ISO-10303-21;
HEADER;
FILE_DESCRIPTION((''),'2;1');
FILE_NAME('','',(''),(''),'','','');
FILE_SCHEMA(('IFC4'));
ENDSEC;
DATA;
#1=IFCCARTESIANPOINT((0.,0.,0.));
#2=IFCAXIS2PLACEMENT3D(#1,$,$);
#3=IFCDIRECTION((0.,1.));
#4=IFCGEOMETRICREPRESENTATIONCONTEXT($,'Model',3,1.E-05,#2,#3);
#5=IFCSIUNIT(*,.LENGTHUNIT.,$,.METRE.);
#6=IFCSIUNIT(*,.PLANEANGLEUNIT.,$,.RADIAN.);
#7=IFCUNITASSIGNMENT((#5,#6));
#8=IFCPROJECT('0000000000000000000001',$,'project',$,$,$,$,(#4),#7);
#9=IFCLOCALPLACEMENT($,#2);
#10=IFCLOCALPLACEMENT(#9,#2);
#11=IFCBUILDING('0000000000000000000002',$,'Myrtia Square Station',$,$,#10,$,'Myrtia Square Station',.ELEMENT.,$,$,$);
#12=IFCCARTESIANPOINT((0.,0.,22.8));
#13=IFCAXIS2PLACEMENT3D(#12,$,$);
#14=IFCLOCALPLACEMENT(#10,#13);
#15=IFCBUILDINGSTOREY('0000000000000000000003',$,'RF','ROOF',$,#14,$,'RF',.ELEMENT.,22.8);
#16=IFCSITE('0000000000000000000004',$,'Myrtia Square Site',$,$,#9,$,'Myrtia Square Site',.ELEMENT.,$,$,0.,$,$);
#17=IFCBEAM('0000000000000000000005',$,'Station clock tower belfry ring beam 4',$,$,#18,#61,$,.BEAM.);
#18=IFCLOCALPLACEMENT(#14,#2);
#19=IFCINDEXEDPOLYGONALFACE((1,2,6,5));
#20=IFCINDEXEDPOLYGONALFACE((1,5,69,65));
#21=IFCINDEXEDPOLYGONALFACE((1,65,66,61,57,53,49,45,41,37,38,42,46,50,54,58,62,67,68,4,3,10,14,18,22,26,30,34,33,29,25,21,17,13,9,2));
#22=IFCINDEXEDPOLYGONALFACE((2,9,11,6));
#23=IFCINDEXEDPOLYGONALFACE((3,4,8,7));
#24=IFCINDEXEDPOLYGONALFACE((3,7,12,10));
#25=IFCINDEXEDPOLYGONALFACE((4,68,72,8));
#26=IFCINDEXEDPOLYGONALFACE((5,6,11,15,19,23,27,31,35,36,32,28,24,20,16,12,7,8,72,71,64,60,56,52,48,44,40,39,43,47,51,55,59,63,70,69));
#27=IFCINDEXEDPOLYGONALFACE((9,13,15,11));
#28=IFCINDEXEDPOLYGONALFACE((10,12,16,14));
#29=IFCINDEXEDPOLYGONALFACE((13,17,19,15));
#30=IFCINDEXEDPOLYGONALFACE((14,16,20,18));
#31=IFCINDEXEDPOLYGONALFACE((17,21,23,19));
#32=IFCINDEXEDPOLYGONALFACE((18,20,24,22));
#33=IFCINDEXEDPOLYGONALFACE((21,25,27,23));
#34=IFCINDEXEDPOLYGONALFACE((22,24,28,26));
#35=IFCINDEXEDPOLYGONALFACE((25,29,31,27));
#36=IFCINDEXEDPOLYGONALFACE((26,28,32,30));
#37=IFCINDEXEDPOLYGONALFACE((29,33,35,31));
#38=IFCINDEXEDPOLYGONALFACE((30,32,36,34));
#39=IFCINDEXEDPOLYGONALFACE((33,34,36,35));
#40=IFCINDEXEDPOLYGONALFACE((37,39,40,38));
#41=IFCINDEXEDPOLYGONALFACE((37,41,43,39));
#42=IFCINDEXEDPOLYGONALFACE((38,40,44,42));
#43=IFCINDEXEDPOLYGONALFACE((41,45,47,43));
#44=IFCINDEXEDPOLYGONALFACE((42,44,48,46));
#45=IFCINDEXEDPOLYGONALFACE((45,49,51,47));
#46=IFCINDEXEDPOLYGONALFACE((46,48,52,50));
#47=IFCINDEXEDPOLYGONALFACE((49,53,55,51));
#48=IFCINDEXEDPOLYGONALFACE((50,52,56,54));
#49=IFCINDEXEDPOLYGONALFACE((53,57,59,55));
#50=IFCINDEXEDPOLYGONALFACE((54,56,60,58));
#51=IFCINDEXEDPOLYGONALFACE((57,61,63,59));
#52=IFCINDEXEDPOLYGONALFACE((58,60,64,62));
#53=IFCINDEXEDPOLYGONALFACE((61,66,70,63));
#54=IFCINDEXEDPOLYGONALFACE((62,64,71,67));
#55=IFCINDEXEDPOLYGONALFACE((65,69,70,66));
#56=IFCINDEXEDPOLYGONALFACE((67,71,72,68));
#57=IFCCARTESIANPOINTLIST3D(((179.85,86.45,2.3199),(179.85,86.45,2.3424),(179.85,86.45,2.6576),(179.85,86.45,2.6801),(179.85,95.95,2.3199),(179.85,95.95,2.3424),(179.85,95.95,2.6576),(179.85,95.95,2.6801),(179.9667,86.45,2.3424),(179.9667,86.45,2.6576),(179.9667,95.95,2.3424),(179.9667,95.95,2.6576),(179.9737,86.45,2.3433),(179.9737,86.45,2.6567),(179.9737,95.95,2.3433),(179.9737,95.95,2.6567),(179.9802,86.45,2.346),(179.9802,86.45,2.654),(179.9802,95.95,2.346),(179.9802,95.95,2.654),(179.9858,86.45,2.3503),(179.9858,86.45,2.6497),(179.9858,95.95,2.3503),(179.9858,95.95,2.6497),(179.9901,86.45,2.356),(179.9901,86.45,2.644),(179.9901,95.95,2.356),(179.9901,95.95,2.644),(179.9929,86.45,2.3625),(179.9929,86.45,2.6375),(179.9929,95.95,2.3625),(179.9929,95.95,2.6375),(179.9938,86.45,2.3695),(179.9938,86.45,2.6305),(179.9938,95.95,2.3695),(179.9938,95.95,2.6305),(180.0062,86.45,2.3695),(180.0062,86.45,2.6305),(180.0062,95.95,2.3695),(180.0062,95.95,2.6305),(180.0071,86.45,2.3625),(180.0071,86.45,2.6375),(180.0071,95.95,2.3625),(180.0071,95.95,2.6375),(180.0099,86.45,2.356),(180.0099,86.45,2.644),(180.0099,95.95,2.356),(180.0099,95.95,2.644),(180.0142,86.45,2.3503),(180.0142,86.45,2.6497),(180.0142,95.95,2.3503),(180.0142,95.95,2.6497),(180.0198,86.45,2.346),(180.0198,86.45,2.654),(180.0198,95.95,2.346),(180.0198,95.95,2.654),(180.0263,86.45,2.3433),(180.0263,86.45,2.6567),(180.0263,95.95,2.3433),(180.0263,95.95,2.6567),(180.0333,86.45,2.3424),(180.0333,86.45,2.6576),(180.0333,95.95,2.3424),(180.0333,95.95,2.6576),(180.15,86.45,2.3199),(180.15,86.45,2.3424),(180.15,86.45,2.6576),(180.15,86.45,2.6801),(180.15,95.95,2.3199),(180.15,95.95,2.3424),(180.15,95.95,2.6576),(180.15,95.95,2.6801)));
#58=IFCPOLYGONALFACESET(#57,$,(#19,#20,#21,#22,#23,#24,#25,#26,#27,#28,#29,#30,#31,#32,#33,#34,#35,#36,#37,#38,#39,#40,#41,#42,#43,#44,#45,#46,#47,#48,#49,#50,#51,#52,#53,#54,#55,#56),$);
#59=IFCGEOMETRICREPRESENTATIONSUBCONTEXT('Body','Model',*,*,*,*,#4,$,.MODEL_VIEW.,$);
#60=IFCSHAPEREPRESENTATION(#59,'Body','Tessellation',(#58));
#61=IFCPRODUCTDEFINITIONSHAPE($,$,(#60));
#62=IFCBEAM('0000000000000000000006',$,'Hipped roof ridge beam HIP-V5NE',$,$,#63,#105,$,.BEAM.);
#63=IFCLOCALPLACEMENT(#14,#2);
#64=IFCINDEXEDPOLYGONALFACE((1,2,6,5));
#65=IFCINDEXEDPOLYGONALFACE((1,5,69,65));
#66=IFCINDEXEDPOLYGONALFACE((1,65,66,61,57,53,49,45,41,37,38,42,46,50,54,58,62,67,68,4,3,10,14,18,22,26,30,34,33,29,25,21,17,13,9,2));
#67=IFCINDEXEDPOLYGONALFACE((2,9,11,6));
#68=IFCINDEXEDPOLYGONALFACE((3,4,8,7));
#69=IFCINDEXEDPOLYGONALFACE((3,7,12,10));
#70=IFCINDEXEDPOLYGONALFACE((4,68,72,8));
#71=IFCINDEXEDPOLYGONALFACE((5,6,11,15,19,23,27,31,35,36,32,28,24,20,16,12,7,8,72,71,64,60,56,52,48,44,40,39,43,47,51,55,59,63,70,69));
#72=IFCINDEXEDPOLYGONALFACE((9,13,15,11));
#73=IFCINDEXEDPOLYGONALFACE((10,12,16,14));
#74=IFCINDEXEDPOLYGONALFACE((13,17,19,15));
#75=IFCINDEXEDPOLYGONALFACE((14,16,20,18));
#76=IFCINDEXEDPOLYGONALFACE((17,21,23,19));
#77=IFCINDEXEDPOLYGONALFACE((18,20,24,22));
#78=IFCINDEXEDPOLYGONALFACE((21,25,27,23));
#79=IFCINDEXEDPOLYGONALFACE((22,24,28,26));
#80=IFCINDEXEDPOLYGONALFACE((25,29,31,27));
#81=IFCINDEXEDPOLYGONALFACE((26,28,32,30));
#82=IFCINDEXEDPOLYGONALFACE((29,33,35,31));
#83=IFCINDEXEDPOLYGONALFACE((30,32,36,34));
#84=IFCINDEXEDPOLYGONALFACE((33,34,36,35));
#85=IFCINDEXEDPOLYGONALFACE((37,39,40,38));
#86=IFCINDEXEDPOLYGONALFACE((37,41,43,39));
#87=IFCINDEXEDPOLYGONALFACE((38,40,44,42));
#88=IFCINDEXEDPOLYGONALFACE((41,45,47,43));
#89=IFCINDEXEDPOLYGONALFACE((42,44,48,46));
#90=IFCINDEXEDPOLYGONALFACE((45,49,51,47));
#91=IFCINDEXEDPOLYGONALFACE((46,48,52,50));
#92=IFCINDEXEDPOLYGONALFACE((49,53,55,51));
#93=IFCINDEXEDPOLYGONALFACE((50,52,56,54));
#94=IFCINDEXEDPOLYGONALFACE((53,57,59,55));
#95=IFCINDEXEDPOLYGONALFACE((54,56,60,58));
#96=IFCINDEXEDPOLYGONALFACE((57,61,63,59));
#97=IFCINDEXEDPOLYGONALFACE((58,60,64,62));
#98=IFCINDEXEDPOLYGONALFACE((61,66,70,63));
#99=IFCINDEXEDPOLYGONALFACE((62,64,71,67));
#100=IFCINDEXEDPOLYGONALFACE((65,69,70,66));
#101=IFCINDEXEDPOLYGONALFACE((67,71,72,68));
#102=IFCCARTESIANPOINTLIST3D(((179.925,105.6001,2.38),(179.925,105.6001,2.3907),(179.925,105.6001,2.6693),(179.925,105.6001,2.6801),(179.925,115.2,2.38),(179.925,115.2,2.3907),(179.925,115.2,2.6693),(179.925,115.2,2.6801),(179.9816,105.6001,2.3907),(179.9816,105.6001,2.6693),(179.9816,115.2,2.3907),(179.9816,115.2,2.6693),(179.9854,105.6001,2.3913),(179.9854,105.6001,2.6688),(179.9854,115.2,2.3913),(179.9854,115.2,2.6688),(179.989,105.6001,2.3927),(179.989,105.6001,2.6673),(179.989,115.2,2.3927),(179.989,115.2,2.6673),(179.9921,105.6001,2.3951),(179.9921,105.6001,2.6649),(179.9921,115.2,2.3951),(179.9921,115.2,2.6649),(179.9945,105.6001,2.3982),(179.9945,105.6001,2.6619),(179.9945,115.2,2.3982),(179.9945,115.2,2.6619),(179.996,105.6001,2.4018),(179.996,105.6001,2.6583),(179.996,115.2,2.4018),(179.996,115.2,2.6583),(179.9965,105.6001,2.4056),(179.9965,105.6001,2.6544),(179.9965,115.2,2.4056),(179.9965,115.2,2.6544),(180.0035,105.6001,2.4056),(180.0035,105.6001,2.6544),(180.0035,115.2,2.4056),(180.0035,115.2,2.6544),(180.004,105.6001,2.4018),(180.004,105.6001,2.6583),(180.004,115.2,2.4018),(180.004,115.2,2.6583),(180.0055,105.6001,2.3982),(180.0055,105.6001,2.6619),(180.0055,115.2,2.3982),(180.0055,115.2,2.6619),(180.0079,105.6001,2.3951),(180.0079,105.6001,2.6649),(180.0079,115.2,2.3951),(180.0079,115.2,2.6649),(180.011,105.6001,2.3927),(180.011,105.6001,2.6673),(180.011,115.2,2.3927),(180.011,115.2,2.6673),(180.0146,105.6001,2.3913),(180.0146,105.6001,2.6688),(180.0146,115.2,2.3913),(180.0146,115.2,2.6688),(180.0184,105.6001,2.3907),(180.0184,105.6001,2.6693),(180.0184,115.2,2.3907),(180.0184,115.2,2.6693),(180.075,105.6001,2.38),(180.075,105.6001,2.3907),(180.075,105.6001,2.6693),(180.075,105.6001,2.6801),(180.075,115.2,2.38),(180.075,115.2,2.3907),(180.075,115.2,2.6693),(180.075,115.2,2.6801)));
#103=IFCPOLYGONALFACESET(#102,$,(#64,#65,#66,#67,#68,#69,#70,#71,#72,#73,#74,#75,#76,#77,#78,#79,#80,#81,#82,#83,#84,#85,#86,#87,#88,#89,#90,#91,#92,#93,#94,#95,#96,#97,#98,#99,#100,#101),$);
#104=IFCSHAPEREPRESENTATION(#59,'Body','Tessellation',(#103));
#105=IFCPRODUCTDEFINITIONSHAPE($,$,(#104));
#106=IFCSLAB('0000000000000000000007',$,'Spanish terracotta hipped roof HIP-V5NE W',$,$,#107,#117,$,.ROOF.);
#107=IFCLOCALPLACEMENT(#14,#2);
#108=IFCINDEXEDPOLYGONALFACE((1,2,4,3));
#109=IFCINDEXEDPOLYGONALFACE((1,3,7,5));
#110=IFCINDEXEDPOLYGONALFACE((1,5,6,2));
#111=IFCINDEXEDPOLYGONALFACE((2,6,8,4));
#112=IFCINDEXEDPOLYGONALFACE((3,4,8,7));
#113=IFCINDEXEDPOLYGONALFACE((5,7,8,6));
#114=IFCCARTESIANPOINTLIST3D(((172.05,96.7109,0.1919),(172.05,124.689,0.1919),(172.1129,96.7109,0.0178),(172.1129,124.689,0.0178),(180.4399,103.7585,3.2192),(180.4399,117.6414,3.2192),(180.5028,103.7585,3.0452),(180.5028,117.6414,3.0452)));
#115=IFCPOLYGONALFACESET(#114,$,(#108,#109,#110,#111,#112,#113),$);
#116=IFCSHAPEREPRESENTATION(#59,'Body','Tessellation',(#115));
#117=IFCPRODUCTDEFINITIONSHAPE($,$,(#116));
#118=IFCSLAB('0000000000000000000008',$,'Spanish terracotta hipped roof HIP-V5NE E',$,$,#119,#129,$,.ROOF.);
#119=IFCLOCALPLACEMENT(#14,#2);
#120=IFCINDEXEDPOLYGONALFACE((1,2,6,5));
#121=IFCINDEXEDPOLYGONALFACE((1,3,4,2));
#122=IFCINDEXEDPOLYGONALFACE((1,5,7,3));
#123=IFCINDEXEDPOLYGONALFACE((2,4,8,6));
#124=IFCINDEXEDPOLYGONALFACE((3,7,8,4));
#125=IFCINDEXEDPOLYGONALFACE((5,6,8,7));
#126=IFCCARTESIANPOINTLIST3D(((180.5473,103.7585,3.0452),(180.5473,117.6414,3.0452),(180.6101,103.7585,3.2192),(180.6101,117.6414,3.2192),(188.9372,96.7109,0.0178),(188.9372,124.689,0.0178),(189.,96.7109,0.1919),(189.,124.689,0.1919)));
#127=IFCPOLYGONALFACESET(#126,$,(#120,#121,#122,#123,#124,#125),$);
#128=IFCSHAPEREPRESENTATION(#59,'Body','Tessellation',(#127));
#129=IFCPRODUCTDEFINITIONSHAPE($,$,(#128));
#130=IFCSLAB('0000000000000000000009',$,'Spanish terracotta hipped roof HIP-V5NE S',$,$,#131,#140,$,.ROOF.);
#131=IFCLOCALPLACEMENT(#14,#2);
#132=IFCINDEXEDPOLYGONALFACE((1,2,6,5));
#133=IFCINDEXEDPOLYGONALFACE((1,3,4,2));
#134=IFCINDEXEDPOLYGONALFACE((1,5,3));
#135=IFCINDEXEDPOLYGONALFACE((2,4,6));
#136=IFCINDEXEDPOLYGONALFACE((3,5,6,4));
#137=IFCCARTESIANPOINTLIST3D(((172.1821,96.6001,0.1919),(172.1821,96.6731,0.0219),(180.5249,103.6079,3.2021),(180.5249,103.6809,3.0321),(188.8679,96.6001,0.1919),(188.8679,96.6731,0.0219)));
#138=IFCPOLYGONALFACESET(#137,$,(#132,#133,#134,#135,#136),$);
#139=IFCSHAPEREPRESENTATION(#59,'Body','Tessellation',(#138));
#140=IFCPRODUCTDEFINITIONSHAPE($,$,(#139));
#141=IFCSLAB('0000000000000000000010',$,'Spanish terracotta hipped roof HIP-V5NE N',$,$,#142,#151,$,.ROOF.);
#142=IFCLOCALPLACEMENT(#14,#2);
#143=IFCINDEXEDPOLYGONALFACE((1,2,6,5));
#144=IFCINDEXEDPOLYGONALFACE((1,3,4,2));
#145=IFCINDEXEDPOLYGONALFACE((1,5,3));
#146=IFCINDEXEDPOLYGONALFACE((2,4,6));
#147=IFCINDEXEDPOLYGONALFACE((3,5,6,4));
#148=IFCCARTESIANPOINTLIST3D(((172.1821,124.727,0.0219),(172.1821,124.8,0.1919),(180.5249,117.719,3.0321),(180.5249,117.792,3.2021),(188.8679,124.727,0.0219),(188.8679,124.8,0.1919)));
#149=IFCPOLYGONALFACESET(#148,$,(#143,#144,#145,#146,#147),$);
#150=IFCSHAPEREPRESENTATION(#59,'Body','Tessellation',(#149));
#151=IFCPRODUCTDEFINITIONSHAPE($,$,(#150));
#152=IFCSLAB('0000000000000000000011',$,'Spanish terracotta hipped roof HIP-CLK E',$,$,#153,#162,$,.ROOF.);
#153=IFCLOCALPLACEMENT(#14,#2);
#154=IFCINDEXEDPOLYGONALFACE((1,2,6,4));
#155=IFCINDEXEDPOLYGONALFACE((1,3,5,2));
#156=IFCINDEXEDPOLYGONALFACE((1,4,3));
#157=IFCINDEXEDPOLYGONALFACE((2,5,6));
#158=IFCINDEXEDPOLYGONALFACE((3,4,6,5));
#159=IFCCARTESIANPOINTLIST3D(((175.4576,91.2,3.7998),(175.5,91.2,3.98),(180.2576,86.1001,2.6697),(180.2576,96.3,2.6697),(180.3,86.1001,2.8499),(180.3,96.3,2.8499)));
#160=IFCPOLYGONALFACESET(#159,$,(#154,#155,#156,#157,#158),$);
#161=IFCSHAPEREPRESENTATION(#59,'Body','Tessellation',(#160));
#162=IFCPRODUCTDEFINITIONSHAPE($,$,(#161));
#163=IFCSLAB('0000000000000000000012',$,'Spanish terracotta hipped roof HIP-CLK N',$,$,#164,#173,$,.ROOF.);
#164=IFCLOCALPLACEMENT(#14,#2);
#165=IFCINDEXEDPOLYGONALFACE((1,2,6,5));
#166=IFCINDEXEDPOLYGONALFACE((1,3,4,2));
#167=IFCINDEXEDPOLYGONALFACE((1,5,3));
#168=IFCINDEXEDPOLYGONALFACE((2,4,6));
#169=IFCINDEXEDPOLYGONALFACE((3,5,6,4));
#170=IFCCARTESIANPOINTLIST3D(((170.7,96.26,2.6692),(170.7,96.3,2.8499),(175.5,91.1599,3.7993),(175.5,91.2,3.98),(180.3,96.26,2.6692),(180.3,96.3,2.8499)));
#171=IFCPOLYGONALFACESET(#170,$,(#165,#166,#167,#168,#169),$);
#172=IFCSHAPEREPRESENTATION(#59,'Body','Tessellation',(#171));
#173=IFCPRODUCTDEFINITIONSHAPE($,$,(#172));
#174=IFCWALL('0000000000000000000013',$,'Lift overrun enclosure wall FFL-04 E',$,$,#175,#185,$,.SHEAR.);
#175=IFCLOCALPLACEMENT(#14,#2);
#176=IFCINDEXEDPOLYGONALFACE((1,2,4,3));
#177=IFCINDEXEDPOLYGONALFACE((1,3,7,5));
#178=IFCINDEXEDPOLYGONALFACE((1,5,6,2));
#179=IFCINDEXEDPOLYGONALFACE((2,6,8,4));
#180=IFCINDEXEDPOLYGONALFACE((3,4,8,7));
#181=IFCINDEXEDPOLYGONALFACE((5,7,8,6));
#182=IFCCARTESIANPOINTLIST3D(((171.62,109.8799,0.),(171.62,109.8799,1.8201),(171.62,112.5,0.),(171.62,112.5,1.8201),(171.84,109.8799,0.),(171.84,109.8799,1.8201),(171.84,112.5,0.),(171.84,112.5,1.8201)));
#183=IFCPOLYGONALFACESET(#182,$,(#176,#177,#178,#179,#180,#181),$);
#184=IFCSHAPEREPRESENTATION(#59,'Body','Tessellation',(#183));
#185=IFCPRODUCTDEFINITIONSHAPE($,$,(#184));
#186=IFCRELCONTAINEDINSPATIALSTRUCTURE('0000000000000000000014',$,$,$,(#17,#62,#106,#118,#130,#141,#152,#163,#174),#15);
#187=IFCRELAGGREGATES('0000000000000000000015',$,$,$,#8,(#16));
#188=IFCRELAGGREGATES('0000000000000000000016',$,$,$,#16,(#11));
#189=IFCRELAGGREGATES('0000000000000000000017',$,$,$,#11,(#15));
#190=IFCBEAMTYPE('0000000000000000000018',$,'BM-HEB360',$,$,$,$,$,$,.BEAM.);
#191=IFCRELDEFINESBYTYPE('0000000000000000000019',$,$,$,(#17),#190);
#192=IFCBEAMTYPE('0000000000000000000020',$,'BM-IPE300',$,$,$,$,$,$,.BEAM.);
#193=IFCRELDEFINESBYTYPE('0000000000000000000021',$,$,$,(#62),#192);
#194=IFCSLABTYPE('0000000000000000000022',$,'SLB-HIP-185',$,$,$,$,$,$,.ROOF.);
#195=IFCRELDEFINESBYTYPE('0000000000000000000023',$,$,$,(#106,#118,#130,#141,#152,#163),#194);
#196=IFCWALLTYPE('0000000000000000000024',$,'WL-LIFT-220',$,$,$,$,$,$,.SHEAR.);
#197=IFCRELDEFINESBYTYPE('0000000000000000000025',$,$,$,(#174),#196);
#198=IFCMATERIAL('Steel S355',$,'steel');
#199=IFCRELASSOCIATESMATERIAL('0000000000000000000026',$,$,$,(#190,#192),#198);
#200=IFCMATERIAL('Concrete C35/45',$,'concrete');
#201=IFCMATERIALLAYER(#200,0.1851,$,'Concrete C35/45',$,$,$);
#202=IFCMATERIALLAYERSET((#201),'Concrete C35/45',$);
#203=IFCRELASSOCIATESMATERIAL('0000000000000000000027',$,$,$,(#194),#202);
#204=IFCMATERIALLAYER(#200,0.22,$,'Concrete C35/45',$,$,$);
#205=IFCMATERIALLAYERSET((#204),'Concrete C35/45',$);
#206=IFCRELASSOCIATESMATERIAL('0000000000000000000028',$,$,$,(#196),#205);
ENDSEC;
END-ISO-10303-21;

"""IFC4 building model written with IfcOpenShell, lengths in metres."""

from ifc_helpers import new_model, si_unit, direction, frame, frame_2d, origin, origin_2d, place, context, subcontext, project, spatial, polyline, rectangle, i_section, outline, extrude, material, layer, layer_set, material_profile, profile_set, type_object, element, save


model = new_model("IFC4")

# Units and contexts
model_context = context("Model", 3, precision=1e-05, world=origin(), true_north=direction((0.0, 1.0)))
body_context = subcontext(model_context, "Body", "Model", "MODEL_VIEW")
ifc_project = project(units=[si_unit("LENGTHUNIT", "METRE"), si_unit("PLANEANGLEUNIT", "RADIAN")], contexts=[model_context])

# Site, building, storey
site_placement = place(None, origin())
site = spatial("IfcSite", under=ifc_project, at=site_placement, Name="Myrtia Square Site", LongName="Myrtia Square Site", CompositionType="ELEMENT", RefElevation=0.0)
building_placement = place(site_placement, origin())
building = spatial("IfcBuilding", under=site, at=building_placement, Name="Myrtia Square Station", LongName="Myrtia Square Station", CompositionType="ELEMENT")
storey_placement = place(building_placement, frame((0.0, 0.0, 22.8)))
storey = spatial("IfcBuildingStorey", under=building, at=storey_placement, Name="RF", Description="ROOF", LongName="RF", CompositionType="ELEMENT", Elevation=22.8)

# Shared definitions
ifc_material_1 = material(Name="Steel S355", Category="steel")

# Beams
ifc_material_profile_1 = material_profile(ifc_material_1, i_section(OverallWidth=0.3, OverallDepth=0.3601, WebThickness=0.0125, FlangeThickness=0.0225, FilletRadius=0.0271, at=origin_2d()), Name="HEB 360")
ifc_profile_set_1 = profile_set([ifc_material_profile_1], Name="Steel S355")
beam_type_1 = type_object("IfcBeamType", Name="BM-HEB360", PredefinedType="BEAM", material=ifc_profile_set_1)
for number, where, z_axis, x_axis, name in (
    (1, (180.0, 86.45, 2.5), (0.0, 1.0, 0.0), (-1.0, 0.0, 0.0), "Station clock tower belfry ring beam 4"),
):
    element("IfcBeam", number, at=place(storey_placement, frame(where, z_axis=z_axis, x_axis=x_axis)), inside=storey, type_object=beam_type_1, Name=name, PredefinedType="BEAM", context=body_context, shape_type="SweptSolid", body=[
        extrude(i_section(OverallWidth=0.3, OverallDepth=0.3601, WebThickness=0.0125, FlangeThickness=0.0225, FilletRadius=0.0271, at=origin_2d()), origin(), (0.0, 0.0, 1.0), 9.5),
    ])
ifc_material_profile_2 = material_profile(ifc_material_1, i_section(OverallWidth=0.1499, OverallDepth=0.3, WebThickness=0.0071, FlangeThickness=0.0107, FilletRadius=0.0149, at=origin_2d()), Name="IPE 300")
ifc_profile_set_2 = profile_set([ifc_material_profile_2], Name="Steel S355")
beam_type_2 = type_object("IfcBeamType", Name="BM-IPE300", PredefinedType="BEAM", material=ifc_profile_set_2)
beam_placement = place(storey_placement, frame((180.0, 105.6001, 2.53), z_axis=(0.0, 1.0, 0.0), x_axis=(-1.0, 0.0, 0.0)))
element("IfcBeam", 2, at=beam_placement, inside=storey, type_object=beam_type_2, Name="Hipped roof ridge beam HIP-V5NE", PredefinedType="BEAM", context=body_context, shape_type="SweptSolid", body=[
    extrude(i_section(OverallWidth=0.1499, OverallDepth=0.3, WebThickness=0.0071, FlangeThickness=0.0107, FilletRadius=0.0149, at=origin_2d()), origin(), (0.0, 0.0, 1.0), 9.5999),
])

# Slabs
ifc_material_2 = material(Name="Concrete C35/45", Category="concrete")
ifc_layer_1 = layer(ifc_material_2, 0.1851, Name="Concrete C35/45")
ifc_layer_set_1 = layer_set([ifc_layer_1], Name="Concrete C35/45")
slab_type = type_object("IfcSlabType", Name="SLB-HIP-185", PredefinedType="ROOF", material=ifc_layer_set_1)
for number, where, z_axis, x_axis, name in (
    (3, (172.05, 124.689, 0.1919), (-0.339412, 0.0, 0.940638), (0.0, -1.0, 0.0), "Spanish terracotta hipped roof HIP-V5NE W"),
    (4, (189.0, 96.7109, 0.1919), (0.339412, 0.0, 0.940638), (0.0, 1.0, 0.0), "Spanish terracotta hipped roof HIP-V5NE E"),
):
    element("IfcSlab", number, at=place(storey_placement, frame(where, z_axis=z_axis, x_axis=x_axis)), inside=storey, type_object=slab_type, Name=name, PredefinedType="ROOF", context=body_context, shape_type="SweptSolid", body=[
        extrude(outline(polyline([(0.0, 0.0), (27.978, 0.0), (20.9304, 8.9194), (7.0476, 8.9194), (0.0, 0.0)])), origin(), (0.0, 0.0, -1.0), 0.1851),
    ])
slab_1_placement = place(storey_placement, frame((172.1821, 96.6001, 0.1919), z_axis=(0.0, -0.394684, 0.918817), x_axis=(1.0, 0.0, 0.0)))
element("IfcSlab", 5, at=slab_1_placement, inside=storey, type_object=slab_type, Name="Spanish terracotta hipped roof HIP-V5NE S", PredefinedType="ROOF", context=body_context, shape_type="SweptSolid", body=[
    extrude(outline(polyline([(0.0, 0.0), (16.6858, 0.0), (8.3428, 7.627), (0.0, 0.0)])), origin(), (0.0, 0.0, -1.0), 0.1851),
])
slab_2_placement = place(storey_placement, frame((188.8679, 124.8, 0.1919), z_axis=(0.0, 0.394672, 0.918822), x_axis=(-1.0, 0.0, 0.0)))
element("IfcSlab", 6, at=slab_2_placement, inside=storey, type_object=slab_type, Name="Spanish terracotta hipped roof HIP-V5NE N", PredefinedType="ROOF", context=body_context, shape_type="SweptSolid", body=[
    extrude(outline(polyline([(0.0, 0.0), (16.6858, 0.0), (8.343, 7.6272), (0.0, 0.0)])), origin(), (0.0, 0.0, -1.0), 0.1851),
])
slab_3_placement = place(storey_placement, frame((180.3, 86.1001, 2.8499), z_axis=(0.229175, 0.0, 0.973385), x_axis=(0.0, 1.0, 0.0)))
element("IfcSlab", 7, at=slab_3_placement, inside=storey, type_object=slab_type, Name="Spanish terracotta hipped roof HIP-CLK E", PredefinedType="ROOF", context=body_context, shape_type="SweptSolid", body=[
    extrude(outline(polyline([(0.0, 0.0), (10.2, 0.0), (5.0999, 4.9313), (0.0, 0.0)])), origin(), (0.0, 0.0, -1.0), 0.1851),
])
slab_4_placement = place(storey_placement, frame((180.3, 96.3, 2.8499), z_axis=(0.0, 0.216342, 0.976318), x_axis=(-1.0, 0.0, 0.0)))
element("IfcSlab", 8, at=slab_4_placement, inside=storey, type_object=slab_type, Name="Spanish terracotta hipped roof HIP-CLK N", PredefinedType="ROOF", context=body_context, shape_type="SweptSolid", body=[
    extrude(outline(polyline([(0.0, 0.0), (9.6001, 0.0), (4.8, 5.2238), (0.0, 0.0)])), origin(), (0.0, 0.0, -1.0), 0.1851),
])

# Wall
ifc_layer_2 = layer(ifc_material_2, 0.22, Name="Concrete C35/45")
ifc_layer_set_2 = layer_set([ifc_layer_2], Name="Concrete C35/45")
wall_type_1 = type_object("IfcWallType", Name="WL-LIFT-220", PredefinedType="SHEAR", material=ifc_layer_set_2)
wall_1_placement = place(storey_placement, frame((171.73, 109.8799, 0.0), z_axis=(0.0, 0.0, 1.0), x_axis=(0.0, 1.0, 0.0)))
element("IfcWall", 9, at=wall_1_placement, inside=storey, type_object=wall_type_1, Name="Lift overrun enclosure wall FFL-04 E", PredefinedType="SHEAR", context=body_context, shape_type="SweptSolid", body=[
    extrude(rectangle(XDim=2.6201, YDim=0.22, at=frame_2d((1.3101, 0.0))), origin(), (0.0, 0.0, 1.0), 1.8201),
])

save(model, "model.ifc")
